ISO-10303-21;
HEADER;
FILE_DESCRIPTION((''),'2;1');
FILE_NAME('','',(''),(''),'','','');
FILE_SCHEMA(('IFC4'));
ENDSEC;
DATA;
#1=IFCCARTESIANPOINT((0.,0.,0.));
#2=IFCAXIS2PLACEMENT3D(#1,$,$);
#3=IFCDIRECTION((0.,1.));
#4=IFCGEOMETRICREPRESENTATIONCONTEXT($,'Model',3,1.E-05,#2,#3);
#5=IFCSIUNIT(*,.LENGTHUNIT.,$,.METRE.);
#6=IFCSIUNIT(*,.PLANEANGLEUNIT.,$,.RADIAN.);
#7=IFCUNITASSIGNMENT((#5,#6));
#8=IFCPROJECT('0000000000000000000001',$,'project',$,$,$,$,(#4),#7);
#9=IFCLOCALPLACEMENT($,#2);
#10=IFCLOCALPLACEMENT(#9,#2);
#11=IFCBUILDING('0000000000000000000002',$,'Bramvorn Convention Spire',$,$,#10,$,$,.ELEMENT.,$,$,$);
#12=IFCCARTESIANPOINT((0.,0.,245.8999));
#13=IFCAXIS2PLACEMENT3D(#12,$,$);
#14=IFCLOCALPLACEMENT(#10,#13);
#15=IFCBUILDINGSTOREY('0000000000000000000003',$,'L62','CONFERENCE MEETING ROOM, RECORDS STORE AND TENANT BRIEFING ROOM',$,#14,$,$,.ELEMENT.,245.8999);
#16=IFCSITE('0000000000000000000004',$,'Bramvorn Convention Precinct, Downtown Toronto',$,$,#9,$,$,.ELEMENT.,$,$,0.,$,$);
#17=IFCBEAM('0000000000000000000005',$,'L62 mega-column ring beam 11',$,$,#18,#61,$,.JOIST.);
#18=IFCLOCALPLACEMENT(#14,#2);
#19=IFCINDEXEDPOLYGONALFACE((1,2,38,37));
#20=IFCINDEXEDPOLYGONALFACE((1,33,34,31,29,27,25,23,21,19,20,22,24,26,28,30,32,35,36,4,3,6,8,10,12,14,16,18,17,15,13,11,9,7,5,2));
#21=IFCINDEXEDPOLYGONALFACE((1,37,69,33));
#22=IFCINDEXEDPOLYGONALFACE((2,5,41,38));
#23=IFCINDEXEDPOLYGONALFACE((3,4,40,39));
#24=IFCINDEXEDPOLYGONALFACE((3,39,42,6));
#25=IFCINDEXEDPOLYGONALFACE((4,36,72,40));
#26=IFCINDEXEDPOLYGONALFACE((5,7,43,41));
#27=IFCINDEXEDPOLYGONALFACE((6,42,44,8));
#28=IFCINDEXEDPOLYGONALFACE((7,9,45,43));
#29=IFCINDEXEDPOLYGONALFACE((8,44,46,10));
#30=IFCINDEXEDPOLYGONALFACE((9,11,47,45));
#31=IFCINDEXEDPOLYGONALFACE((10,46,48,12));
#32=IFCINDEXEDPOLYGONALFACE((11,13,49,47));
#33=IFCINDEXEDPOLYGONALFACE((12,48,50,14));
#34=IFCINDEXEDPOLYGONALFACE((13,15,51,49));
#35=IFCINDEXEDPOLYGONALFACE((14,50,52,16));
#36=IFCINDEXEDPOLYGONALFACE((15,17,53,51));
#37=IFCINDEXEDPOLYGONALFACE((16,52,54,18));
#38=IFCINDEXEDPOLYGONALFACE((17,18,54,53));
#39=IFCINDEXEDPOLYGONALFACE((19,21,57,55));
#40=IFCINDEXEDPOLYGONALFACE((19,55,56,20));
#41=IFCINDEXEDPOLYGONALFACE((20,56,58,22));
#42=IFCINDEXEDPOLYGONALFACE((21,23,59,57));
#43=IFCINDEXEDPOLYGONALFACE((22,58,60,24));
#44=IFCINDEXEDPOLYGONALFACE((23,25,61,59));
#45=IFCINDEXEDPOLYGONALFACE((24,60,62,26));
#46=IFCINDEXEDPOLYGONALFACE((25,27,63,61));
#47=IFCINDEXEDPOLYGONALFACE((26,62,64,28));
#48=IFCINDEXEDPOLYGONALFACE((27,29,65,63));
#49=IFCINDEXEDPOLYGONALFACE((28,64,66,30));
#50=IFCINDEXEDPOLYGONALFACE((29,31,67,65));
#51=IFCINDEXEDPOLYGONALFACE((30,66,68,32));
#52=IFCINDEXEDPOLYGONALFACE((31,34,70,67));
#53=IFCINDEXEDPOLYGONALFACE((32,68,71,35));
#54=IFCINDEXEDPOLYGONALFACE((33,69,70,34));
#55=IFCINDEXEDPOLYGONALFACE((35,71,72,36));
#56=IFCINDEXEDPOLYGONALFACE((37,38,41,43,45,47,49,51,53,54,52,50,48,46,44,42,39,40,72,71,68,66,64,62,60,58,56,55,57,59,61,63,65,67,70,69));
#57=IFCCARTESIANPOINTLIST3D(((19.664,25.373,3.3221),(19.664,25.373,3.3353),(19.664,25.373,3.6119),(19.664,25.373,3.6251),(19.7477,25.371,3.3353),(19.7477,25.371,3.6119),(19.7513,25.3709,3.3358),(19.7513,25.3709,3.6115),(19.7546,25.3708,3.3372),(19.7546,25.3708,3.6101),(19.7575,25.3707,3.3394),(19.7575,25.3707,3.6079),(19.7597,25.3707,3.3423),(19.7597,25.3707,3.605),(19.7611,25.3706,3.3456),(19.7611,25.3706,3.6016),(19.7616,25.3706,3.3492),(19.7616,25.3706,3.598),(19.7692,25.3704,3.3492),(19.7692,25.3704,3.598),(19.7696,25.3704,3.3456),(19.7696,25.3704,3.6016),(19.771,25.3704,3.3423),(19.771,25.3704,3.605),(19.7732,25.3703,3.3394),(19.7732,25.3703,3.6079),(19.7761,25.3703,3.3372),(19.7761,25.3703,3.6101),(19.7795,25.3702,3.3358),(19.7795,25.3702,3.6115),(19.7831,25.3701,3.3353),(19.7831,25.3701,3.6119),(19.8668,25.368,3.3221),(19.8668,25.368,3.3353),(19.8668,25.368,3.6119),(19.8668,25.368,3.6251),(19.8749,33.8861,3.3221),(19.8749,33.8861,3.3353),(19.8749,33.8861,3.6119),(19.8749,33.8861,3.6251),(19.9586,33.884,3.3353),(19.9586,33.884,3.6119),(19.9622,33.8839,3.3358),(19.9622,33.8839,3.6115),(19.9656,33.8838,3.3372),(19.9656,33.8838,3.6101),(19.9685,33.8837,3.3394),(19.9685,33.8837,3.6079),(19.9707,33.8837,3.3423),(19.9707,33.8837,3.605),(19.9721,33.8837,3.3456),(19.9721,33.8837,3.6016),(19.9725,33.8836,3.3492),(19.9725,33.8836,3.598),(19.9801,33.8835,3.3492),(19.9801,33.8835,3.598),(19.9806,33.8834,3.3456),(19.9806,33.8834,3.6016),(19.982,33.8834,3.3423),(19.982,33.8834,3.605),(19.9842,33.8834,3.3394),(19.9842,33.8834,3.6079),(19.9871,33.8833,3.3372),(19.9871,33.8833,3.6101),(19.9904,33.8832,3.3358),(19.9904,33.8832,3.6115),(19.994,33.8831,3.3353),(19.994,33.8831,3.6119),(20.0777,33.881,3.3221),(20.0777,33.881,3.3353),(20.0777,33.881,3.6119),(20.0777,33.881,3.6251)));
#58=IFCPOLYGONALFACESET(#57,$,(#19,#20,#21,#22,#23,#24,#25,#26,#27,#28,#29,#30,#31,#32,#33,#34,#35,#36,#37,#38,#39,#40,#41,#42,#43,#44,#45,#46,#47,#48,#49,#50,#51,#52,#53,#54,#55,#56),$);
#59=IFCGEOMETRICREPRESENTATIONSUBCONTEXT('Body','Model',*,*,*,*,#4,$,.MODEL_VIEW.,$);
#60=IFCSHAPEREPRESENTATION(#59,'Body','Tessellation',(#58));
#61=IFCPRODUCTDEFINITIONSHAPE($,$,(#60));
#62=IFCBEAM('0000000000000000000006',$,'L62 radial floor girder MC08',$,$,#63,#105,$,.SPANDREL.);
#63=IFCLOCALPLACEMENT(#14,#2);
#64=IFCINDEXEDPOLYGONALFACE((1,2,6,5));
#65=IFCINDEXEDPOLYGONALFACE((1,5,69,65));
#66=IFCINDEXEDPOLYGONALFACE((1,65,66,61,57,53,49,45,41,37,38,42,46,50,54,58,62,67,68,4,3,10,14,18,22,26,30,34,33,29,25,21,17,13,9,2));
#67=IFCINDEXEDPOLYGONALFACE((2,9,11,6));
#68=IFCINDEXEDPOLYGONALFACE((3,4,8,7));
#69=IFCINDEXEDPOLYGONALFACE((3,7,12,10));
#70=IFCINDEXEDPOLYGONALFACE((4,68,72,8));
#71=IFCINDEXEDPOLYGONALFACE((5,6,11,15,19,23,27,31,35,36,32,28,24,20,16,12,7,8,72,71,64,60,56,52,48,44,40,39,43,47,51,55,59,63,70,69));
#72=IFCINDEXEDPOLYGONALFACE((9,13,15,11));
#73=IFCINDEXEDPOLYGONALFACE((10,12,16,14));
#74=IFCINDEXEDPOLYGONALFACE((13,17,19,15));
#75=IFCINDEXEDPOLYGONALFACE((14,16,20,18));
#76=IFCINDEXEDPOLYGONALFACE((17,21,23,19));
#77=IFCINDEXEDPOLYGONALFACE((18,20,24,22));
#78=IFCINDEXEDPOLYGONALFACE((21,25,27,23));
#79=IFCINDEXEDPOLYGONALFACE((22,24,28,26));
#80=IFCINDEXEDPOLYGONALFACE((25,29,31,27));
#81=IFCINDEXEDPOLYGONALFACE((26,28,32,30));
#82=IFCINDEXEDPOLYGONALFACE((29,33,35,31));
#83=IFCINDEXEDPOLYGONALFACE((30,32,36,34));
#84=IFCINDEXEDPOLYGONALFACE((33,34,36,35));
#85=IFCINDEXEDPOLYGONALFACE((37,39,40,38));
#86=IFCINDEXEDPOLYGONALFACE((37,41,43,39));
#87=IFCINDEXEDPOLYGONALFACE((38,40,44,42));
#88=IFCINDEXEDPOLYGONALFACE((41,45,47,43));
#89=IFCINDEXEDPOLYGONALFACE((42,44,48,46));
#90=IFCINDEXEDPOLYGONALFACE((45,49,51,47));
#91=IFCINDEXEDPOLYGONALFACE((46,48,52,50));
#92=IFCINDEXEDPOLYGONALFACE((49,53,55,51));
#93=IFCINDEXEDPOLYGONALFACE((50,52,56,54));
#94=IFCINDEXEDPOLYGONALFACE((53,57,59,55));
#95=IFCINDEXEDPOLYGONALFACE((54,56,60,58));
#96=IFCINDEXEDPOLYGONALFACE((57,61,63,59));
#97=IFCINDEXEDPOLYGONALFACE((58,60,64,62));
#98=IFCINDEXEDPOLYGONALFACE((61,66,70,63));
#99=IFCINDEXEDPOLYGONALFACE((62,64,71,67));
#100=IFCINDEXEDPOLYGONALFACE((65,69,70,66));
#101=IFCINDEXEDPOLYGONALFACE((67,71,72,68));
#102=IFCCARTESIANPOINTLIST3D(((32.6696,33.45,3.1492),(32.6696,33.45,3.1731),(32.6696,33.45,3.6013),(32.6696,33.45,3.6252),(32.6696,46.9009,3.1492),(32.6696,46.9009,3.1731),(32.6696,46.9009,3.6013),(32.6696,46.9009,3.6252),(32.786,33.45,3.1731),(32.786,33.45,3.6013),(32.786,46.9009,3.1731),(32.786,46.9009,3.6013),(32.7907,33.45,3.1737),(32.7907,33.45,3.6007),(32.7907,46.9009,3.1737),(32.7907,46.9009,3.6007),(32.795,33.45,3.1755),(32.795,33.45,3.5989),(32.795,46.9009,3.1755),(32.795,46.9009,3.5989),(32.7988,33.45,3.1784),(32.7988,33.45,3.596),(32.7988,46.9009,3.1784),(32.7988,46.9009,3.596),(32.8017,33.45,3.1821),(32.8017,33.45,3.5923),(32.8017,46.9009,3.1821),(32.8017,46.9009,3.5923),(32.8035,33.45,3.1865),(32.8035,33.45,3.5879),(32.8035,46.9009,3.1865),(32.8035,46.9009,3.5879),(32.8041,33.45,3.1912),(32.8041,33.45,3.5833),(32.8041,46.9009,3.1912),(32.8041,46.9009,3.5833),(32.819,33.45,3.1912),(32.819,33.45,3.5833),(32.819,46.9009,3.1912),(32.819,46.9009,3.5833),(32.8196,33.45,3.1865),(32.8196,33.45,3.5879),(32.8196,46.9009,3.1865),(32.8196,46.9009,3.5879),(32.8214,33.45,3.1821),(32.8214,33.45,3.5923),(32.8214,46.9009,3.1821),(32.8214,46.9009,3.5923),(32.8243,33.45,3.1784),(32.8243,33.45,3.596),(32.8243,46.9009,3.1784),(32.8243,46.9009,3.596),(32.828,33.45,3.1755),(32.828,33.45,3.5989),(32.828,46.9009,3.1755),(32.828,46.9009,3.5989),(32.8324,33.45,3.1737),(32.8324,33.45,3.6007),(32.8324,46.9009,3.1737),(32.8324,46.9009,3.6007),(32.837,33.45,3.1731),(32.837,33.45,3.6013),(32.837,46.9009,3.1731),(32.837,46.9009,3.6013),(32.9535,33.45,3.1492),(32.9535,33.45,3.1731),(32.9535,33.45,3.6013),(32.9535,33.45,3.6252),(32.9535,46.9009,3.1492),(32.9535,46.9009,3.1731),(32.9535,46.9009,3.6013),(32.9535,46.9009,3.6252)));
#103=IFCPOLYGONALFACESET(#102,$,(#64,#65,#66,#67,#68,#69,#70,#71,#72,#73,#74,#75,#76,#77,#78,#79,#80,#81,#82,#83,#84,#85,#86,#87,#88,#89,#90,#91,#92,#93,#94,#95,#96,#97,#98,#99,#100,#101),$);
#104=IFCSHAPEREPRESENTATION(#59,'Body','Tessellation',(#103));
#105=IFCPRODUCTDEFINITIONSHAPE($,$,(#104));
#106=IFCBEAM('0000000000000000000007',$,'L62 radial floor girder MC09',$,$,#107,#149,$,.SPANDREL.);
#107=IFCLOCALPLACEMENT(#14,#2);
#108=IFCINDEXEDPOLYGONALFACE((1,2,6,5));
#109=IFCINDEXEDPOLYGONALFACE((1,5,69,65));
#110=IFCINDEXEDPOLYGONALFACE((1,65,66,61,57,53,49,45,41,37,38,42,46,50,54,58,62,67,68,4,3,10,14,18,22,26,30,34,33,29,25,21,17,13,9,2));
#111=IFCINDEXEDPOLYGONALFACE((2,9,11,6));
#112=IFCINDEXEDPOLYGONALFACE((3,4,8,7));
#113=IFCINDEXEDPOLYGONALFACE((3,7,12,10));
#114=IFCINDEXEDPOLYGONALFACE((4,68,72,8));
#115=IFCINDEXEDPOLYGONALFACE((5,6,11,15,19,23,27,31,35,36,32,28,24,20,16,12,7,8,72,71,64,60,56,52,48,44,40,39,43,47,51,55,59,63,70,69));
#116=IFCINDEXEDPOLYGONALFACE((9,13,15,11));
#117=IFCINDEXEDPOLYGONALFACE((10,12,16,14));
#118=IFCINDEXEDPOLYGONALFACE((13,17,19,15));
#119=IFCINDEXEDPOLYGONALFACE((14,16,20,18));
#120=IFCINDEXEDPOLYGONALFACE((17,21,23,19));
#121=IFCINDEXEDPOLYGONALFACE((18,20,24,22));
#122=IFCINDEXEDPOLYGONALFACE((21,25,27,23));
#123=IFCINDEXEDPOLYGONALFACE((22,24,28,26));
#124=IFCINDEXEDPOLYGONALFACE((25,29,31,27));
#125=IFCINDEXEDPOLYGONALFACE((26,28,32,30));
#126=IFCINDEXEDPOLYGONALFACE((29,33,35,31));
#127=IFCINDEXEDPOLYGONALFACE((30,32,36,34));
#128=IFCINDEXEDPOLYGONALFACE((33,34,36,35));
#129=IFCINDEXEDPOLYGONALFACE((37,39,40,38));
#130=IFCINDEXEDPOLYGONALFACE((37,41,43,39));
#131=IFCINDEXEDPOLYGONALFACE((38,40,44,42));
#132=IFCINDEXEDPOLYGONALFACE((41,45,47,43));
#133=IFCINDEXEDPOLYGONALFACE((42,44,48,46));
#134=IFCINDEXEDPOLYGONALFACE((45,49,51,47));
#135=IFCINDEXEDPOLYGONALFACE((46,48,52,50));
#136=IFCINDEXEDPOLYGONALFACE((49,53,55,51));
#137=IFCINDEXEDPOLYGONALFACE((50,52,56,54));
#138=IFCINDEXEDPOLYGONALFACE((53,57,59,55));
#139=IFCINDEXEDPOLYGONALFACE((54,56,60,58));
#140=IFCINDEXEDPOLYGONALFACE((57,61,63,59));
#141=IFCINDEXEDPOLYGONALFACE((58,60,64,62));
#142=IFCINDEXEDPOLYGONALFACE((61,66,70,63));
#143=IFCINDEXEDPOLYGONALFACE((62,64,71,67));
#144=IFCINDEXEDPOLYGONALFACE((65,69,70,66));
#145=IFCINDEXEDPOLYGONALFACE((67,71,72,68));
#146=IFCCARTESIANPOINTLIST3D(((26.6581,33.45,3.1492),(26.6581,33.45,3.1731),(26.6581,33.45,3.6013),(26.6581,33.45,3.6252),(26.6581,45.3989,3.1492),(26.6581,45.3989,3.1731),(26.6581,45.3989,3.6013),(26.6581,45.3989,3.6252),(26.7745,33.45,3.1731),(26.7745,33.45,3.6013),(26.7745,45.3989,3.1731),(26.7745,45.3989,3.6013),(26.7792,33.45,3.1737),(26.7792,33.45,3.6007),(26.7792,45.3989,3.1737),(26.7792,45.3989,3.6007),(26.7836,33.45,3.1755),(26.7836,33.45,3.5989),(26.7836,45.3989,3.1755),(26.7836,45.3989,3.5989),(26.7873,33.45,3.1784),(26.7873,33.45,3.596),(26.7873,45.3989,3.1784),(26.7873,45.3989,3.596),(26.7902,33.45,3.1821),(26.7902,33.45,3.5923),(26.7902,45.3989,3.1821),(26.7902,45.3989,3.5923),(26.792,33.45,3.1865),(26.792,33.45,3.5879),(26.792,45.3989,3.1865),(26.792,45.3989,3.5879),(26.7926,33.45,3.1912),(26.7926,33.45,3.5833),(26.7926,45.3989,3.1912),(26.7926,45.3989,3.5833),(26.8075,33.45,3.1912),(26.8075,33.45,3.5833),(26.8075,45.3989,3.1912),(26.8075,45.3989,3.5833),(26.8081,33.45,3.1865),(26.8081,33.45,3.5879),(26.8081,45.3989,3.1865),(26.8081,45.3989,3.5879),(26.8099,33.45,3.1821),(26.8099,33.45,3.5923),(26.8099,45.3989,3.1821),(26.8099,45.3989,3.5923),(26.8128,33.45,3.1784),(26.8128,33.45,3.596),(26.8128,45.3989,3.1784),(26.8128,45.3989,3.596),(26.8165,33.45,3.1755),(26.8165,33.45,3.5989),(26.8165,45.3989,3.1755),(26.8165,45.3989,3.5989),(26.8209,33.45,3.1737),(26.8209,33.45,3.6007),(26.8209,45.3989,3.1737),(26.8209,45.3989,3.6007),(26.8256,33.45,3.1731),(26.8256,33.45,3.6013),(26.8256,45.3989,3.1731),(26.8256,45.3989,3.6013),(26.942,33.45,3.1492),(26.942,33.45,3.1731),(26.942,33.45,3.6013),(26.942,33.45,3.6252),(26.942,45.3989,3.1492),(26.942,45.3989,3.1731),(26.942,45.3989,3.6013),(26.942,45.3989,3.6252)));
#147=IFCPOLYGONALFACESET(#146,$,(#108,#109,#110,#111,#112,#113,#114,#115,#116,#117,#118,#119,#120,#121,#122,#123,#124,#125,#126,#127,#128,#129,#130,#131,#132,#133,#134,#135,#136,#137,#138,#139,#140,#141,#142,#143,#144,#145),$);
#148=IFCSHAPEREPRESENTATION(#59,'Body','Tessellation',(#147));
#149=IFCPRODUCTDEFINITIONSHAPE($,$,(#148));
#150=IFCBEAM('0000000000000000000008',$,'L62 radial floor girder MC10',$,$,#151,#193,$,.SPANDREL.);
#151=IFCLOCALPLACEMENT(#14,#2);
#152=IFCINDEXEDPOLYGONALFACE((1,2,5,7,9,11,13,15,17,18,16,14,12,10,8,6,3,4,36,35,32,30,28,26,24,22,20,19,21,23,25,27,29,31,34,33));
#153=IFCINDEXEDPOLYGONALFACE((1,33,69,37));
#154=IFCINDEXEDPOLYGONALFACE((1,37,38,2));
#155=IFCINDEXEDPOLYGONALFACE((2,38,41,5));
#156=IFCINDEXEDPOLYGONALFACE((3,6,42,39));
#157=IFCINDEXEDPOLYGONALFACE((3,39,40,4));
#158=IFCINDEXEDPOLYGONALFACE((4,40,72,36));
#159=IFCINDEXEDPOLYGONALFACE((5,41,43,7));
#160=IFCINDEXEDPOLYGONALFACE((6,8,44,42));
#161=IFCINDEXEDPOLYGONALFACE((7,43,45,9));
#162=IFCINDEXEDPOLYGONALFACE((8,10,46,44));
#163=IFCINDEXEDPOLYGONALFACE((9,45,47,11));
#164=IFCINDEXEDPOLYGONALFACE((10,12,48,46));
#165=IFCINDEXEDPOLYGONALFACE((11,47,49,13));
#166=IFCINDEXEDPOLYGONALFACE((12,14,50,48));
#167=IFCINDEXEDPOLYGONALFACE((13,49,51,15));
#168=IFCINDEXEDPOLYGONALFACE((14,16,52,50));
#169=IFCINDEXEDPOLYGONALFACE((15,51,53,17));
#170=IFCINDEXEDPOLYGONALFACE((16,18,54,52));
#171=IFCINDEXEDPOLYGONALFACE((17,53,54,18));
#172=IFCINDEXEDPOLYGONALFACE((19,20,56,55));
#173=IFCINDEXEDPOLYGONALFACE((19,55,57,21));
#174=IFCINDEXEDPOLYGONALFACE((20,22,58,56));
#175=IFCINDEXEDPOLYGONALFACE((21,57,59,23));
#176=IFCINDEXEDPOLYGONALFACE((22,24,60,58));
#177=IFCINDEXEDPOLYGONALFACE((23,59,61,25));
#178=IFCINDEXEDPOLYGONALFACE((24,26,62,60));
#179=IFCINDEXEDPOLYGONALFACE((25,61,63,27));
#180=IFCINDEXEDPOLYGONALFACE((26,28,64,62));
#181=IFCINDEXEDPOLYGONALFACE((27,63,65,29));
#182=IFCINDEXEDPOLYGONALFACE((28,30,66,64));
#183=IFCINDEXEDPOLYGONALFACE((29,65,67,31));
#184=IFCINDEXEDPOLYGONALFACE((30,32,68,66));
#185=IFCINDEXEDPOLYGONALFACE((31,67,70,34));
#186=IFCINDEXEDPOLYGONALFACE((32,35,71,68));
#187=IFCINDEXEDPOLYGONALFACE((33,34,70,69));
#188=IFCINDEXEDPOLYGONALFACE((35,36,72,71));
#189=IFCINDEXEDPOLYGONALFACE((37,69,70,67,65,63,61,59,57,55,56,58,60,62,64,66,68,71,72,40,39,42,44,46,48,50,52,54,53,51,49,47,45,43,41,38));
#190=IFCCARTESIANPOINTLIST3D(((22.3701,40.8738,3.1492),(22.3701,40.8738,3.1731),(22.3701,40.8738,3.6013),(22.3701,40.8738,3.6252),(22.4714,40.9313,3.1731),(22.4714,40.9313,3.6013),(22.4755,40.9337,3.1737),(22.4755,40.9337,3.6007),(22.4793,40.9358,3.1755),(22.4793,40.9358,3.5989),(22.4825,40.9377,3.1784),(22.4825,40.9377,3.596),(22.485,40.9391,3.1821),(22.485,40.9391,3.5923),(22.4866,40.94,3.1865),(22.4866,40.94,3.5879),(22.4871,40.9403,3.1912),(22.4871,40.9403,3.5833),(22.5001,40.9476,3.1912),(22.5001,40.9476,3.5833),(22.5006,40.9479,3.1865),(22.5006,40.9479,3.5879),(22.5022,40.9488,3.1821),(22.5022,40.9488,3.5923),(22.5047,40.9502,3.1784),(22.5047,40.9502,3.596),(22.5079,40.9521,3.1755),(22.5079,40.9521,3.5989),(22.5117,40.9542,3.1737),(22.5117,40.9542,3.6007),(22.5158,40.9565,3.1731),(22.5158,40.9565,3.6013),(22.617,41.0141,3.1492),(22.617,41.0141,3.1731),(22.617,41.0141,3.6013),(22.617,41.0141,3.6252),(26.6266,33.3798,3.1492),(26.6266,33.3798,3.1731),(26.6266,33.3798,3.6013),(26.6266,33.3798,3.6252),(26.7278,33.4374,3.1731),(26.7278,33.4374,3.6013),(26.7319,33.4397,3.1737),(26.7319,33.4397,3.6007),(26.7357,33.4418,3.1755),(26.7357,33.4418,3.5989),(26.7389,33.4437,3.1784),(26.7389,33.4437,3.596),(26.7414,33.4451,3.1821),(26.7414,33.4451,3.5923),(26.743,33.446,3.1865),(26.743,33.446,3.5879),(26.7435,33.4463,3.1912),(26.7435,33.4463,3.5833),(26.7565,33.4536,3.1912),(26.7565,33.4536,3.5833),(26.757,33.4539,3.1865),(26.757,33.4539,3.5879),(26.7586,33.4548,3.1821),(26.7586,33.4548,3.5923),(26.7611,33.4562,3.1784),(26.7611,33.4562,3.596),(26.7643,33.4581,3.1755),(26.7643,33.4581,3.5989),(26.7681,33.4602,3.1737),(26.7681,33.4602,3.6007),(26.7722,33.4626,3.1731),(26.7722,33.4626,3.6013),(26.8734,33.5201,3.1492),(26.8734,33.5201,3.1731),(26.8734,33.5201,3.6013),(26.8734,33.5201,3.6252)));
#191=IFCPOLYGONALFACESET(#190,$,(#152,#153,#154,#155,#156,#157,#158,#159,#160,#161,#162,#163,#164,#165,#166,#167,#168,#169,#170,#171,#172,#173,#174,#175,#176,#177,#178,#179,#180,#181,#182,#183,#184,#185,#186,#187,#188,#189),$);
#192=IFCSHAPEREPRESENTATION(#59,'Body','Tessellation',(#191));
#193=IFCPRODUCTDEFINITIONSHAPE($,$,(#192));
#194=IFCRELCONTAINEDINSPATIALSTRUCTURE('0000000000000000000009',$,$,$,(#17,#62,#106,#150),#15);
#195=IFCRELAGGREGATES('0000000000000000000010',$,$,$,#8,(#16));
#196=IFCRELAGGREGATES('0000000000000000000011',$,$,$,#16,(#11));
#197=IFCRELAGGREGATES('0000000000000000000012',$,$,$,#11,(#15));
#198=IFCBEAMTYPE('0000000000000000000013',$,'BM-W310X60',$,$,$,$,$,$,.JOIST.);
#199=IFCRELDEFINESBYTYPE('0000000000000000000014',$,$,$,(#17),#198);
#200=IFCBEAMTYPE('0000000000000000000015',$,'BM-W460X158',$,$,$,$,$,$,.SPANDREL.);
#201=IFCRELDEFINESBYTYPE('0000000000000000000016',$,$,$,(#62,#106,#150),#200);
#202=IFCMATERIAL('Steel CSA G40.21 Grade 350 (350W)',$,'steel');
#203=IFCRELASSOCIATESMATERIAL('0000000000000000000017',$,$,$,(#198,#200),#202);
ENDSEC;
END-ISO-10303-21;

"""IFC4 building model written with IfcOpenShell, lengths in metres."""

from ifc_helpers import new_model, si_unit, direction, frame, origin, origin_2d, place, context, subcontext, project, spatial, i_section, extrude, material, material_profile, profile_set, type_object, element, save


model = new_model("IFC4")

# Units and contexts
model_context = context("Model", 3, precision=1e-05, world=origin(), true_north=direction((0.0, 1.0)))
body_context = subcontext(model_context, "Body", "Model", "MODEL_VIEW")
ifc_project = project(units=[si_unit("LENGTHUNIT", "METRE"), si_unit("PLANEANGLEUNIT", "RADIAN")], contexts=[model_context])

# Site, building, storey
site_placement = place(None, origin())
site = spatial("IfcSite", under=ifc_project, at=site_placement, Name="Bramvorn Convention Precinct, Downtown Toronto", CompositionType="ELEMENT", RefElevation=0.0)
building_placement = place(site_placement, origin())
building = spatial("IfcBuilding", under=site, at=building_placement, Name="Bramvorn Convention Spire", CompositionType="ELEMENT")
storey_placement = place(building_placement, frame((0.0, 0.0, 245.8999)))
storey = spatial("IfcBuildingStorey", under=building, at=storey_placement, Name="L62", Description="CONFERENCE MEETING ROOM, RECORDS STORE AND TENANT BRIEFING ROOM", CompositionType="ELEMENT", Elevation=245.8999)

# Shared definitions
ifc_material_1 = material(Name="Steel CSA G40.21 Grade 350 (350W)", Category="steel")

# Beams
ifc_material_profile_1 = material_profile(ifc_material_1, i_section(OverallWidth=0.2029, OverallDepth=0.303, WebThickness=0.0076, FlangeThickness=0.0132, FilletRadius=0.0139, at=origin_2d()))
ifc_profile_set_1 = profile_set([ifc_material_profile_1], Name="Steel CSA G40.21 Grade 350 (350W) - W310X60")
beam_type_1 = type_object("IfcBeamType", Name="BM-W310X60", PredefinedType="JOIST", material=ifc_profile_set_1)
beam_1_placement = place(storey_placement, frame((19.9763, 33.8835, 3.4736), z_axis=(-0.024771, -0.999693, 0.0), x_axis=(0.999693, -0.024771, 0.0)))
element("IfcBeam", 1, at=beam_1_placement, inside=storey, type_object=beam_type_1, Name="L62 mega-column ring beam 11", PredefinedType="JOIST", context=body_context, shape_type="SweptSolid", body=[
    extrude(i_section(OverallWidth=0.2029, OverallDepth=0.303, WebThickness=0.0076, FlangeThickness=0.0132, FilletRadius=0.0139, at=origin_2d()), origin(), (0.0, 0.0, 1.0), 8.5156),
])
ifc_material_profile_2 = material_profile(ifc_material_1, i_section(OverallWidth=0.2839, OverallDepth=0.4761, WebThickness=0.0149, FlangeThickness=0.0239, FilletRadius=0.0181, at=origin_2d()))
ifc_profile_set_2 = profile_set([ifc_material_profile_2], Name="Steel CSA G40.21 Grade 350 (350W) - W460X158")
beam_type_2 = type_object("IfcBeamType", Name="BM-W460X158", PredefinedType="SPANDREL", material=ifc_profile_set_2)
beam_2_placement = place(storey_placement, frame((32.8115, 33.45, 3.3872), z_axis=(0.0, 1.0, 0.0), x_axis=(-1.0, 0.0, 0.0)))
element("IfcBeam", 2, at=beam_2_placement, inside=storey, type_object=beam_type_2, Name="L62 radial floor girder MC08", PredefinedType="SPANDREL", context=body_context, shape_type="SweptSolid", body=[
    extrude(i_section(OverallWidth=0.2839, OverallDepth=0.4761, WebThickness=0.0149, FlangeThickness=0.0239, FilletRadius=0.0181, at=origin_2d()), origin(), (0.0, 0.0, 1.0), 13.4509),
])
beam_3_placement = place(storey_placement, frame((26.8, 33.45, 3.3872), z_axis=(0.0, 1.0, 0.0), x_axis=(-1.0, 0.0, 0.0)))
element("IfcBeam", 3, at=beam_3_placement, inside=storey, type_object=beam_type_2, Name="L62 radial floor girder MC09", PredefinedType="SPANDREL", context=body_context, shape_type="SweptSolid", body=[
    extrude(i_section(OverallWidth=0.2839, OverallDepth=0.4761, WebThickness=0.0149, FlangeThickness=0.0239, FilletRadius=0.0181, at=origin_2d()), origin(), (0.0, 0.0, 1.0), 11.949),
])
beam_4_placement = place(storey_placement, frame((26.75, 33.45, 3.3872), z_axis=(-0.493874, 0.869534, 0.0), x_axis=(-0.869534, -0.493874, 0.0)))
element("IfcBeam", 4, at=beam_4_placement, inside=storey, type_object=beam_type_2, Name="L62 radial floor girder MC10", PredefinedType="SPANDREL", context=body_context, shape_type="SweptSolid", body=[
    extrude(i_section(OverallWidth=0.2839, OverallDepth=0.4761, WebThickness=0.0149, FlangeThickness=0.0239, FilletRadius=0.0181, at=origin_2d()), origin(), (0.0, 0.0, 1.0), 8.6184),
])

save(model, "model.ifc")
